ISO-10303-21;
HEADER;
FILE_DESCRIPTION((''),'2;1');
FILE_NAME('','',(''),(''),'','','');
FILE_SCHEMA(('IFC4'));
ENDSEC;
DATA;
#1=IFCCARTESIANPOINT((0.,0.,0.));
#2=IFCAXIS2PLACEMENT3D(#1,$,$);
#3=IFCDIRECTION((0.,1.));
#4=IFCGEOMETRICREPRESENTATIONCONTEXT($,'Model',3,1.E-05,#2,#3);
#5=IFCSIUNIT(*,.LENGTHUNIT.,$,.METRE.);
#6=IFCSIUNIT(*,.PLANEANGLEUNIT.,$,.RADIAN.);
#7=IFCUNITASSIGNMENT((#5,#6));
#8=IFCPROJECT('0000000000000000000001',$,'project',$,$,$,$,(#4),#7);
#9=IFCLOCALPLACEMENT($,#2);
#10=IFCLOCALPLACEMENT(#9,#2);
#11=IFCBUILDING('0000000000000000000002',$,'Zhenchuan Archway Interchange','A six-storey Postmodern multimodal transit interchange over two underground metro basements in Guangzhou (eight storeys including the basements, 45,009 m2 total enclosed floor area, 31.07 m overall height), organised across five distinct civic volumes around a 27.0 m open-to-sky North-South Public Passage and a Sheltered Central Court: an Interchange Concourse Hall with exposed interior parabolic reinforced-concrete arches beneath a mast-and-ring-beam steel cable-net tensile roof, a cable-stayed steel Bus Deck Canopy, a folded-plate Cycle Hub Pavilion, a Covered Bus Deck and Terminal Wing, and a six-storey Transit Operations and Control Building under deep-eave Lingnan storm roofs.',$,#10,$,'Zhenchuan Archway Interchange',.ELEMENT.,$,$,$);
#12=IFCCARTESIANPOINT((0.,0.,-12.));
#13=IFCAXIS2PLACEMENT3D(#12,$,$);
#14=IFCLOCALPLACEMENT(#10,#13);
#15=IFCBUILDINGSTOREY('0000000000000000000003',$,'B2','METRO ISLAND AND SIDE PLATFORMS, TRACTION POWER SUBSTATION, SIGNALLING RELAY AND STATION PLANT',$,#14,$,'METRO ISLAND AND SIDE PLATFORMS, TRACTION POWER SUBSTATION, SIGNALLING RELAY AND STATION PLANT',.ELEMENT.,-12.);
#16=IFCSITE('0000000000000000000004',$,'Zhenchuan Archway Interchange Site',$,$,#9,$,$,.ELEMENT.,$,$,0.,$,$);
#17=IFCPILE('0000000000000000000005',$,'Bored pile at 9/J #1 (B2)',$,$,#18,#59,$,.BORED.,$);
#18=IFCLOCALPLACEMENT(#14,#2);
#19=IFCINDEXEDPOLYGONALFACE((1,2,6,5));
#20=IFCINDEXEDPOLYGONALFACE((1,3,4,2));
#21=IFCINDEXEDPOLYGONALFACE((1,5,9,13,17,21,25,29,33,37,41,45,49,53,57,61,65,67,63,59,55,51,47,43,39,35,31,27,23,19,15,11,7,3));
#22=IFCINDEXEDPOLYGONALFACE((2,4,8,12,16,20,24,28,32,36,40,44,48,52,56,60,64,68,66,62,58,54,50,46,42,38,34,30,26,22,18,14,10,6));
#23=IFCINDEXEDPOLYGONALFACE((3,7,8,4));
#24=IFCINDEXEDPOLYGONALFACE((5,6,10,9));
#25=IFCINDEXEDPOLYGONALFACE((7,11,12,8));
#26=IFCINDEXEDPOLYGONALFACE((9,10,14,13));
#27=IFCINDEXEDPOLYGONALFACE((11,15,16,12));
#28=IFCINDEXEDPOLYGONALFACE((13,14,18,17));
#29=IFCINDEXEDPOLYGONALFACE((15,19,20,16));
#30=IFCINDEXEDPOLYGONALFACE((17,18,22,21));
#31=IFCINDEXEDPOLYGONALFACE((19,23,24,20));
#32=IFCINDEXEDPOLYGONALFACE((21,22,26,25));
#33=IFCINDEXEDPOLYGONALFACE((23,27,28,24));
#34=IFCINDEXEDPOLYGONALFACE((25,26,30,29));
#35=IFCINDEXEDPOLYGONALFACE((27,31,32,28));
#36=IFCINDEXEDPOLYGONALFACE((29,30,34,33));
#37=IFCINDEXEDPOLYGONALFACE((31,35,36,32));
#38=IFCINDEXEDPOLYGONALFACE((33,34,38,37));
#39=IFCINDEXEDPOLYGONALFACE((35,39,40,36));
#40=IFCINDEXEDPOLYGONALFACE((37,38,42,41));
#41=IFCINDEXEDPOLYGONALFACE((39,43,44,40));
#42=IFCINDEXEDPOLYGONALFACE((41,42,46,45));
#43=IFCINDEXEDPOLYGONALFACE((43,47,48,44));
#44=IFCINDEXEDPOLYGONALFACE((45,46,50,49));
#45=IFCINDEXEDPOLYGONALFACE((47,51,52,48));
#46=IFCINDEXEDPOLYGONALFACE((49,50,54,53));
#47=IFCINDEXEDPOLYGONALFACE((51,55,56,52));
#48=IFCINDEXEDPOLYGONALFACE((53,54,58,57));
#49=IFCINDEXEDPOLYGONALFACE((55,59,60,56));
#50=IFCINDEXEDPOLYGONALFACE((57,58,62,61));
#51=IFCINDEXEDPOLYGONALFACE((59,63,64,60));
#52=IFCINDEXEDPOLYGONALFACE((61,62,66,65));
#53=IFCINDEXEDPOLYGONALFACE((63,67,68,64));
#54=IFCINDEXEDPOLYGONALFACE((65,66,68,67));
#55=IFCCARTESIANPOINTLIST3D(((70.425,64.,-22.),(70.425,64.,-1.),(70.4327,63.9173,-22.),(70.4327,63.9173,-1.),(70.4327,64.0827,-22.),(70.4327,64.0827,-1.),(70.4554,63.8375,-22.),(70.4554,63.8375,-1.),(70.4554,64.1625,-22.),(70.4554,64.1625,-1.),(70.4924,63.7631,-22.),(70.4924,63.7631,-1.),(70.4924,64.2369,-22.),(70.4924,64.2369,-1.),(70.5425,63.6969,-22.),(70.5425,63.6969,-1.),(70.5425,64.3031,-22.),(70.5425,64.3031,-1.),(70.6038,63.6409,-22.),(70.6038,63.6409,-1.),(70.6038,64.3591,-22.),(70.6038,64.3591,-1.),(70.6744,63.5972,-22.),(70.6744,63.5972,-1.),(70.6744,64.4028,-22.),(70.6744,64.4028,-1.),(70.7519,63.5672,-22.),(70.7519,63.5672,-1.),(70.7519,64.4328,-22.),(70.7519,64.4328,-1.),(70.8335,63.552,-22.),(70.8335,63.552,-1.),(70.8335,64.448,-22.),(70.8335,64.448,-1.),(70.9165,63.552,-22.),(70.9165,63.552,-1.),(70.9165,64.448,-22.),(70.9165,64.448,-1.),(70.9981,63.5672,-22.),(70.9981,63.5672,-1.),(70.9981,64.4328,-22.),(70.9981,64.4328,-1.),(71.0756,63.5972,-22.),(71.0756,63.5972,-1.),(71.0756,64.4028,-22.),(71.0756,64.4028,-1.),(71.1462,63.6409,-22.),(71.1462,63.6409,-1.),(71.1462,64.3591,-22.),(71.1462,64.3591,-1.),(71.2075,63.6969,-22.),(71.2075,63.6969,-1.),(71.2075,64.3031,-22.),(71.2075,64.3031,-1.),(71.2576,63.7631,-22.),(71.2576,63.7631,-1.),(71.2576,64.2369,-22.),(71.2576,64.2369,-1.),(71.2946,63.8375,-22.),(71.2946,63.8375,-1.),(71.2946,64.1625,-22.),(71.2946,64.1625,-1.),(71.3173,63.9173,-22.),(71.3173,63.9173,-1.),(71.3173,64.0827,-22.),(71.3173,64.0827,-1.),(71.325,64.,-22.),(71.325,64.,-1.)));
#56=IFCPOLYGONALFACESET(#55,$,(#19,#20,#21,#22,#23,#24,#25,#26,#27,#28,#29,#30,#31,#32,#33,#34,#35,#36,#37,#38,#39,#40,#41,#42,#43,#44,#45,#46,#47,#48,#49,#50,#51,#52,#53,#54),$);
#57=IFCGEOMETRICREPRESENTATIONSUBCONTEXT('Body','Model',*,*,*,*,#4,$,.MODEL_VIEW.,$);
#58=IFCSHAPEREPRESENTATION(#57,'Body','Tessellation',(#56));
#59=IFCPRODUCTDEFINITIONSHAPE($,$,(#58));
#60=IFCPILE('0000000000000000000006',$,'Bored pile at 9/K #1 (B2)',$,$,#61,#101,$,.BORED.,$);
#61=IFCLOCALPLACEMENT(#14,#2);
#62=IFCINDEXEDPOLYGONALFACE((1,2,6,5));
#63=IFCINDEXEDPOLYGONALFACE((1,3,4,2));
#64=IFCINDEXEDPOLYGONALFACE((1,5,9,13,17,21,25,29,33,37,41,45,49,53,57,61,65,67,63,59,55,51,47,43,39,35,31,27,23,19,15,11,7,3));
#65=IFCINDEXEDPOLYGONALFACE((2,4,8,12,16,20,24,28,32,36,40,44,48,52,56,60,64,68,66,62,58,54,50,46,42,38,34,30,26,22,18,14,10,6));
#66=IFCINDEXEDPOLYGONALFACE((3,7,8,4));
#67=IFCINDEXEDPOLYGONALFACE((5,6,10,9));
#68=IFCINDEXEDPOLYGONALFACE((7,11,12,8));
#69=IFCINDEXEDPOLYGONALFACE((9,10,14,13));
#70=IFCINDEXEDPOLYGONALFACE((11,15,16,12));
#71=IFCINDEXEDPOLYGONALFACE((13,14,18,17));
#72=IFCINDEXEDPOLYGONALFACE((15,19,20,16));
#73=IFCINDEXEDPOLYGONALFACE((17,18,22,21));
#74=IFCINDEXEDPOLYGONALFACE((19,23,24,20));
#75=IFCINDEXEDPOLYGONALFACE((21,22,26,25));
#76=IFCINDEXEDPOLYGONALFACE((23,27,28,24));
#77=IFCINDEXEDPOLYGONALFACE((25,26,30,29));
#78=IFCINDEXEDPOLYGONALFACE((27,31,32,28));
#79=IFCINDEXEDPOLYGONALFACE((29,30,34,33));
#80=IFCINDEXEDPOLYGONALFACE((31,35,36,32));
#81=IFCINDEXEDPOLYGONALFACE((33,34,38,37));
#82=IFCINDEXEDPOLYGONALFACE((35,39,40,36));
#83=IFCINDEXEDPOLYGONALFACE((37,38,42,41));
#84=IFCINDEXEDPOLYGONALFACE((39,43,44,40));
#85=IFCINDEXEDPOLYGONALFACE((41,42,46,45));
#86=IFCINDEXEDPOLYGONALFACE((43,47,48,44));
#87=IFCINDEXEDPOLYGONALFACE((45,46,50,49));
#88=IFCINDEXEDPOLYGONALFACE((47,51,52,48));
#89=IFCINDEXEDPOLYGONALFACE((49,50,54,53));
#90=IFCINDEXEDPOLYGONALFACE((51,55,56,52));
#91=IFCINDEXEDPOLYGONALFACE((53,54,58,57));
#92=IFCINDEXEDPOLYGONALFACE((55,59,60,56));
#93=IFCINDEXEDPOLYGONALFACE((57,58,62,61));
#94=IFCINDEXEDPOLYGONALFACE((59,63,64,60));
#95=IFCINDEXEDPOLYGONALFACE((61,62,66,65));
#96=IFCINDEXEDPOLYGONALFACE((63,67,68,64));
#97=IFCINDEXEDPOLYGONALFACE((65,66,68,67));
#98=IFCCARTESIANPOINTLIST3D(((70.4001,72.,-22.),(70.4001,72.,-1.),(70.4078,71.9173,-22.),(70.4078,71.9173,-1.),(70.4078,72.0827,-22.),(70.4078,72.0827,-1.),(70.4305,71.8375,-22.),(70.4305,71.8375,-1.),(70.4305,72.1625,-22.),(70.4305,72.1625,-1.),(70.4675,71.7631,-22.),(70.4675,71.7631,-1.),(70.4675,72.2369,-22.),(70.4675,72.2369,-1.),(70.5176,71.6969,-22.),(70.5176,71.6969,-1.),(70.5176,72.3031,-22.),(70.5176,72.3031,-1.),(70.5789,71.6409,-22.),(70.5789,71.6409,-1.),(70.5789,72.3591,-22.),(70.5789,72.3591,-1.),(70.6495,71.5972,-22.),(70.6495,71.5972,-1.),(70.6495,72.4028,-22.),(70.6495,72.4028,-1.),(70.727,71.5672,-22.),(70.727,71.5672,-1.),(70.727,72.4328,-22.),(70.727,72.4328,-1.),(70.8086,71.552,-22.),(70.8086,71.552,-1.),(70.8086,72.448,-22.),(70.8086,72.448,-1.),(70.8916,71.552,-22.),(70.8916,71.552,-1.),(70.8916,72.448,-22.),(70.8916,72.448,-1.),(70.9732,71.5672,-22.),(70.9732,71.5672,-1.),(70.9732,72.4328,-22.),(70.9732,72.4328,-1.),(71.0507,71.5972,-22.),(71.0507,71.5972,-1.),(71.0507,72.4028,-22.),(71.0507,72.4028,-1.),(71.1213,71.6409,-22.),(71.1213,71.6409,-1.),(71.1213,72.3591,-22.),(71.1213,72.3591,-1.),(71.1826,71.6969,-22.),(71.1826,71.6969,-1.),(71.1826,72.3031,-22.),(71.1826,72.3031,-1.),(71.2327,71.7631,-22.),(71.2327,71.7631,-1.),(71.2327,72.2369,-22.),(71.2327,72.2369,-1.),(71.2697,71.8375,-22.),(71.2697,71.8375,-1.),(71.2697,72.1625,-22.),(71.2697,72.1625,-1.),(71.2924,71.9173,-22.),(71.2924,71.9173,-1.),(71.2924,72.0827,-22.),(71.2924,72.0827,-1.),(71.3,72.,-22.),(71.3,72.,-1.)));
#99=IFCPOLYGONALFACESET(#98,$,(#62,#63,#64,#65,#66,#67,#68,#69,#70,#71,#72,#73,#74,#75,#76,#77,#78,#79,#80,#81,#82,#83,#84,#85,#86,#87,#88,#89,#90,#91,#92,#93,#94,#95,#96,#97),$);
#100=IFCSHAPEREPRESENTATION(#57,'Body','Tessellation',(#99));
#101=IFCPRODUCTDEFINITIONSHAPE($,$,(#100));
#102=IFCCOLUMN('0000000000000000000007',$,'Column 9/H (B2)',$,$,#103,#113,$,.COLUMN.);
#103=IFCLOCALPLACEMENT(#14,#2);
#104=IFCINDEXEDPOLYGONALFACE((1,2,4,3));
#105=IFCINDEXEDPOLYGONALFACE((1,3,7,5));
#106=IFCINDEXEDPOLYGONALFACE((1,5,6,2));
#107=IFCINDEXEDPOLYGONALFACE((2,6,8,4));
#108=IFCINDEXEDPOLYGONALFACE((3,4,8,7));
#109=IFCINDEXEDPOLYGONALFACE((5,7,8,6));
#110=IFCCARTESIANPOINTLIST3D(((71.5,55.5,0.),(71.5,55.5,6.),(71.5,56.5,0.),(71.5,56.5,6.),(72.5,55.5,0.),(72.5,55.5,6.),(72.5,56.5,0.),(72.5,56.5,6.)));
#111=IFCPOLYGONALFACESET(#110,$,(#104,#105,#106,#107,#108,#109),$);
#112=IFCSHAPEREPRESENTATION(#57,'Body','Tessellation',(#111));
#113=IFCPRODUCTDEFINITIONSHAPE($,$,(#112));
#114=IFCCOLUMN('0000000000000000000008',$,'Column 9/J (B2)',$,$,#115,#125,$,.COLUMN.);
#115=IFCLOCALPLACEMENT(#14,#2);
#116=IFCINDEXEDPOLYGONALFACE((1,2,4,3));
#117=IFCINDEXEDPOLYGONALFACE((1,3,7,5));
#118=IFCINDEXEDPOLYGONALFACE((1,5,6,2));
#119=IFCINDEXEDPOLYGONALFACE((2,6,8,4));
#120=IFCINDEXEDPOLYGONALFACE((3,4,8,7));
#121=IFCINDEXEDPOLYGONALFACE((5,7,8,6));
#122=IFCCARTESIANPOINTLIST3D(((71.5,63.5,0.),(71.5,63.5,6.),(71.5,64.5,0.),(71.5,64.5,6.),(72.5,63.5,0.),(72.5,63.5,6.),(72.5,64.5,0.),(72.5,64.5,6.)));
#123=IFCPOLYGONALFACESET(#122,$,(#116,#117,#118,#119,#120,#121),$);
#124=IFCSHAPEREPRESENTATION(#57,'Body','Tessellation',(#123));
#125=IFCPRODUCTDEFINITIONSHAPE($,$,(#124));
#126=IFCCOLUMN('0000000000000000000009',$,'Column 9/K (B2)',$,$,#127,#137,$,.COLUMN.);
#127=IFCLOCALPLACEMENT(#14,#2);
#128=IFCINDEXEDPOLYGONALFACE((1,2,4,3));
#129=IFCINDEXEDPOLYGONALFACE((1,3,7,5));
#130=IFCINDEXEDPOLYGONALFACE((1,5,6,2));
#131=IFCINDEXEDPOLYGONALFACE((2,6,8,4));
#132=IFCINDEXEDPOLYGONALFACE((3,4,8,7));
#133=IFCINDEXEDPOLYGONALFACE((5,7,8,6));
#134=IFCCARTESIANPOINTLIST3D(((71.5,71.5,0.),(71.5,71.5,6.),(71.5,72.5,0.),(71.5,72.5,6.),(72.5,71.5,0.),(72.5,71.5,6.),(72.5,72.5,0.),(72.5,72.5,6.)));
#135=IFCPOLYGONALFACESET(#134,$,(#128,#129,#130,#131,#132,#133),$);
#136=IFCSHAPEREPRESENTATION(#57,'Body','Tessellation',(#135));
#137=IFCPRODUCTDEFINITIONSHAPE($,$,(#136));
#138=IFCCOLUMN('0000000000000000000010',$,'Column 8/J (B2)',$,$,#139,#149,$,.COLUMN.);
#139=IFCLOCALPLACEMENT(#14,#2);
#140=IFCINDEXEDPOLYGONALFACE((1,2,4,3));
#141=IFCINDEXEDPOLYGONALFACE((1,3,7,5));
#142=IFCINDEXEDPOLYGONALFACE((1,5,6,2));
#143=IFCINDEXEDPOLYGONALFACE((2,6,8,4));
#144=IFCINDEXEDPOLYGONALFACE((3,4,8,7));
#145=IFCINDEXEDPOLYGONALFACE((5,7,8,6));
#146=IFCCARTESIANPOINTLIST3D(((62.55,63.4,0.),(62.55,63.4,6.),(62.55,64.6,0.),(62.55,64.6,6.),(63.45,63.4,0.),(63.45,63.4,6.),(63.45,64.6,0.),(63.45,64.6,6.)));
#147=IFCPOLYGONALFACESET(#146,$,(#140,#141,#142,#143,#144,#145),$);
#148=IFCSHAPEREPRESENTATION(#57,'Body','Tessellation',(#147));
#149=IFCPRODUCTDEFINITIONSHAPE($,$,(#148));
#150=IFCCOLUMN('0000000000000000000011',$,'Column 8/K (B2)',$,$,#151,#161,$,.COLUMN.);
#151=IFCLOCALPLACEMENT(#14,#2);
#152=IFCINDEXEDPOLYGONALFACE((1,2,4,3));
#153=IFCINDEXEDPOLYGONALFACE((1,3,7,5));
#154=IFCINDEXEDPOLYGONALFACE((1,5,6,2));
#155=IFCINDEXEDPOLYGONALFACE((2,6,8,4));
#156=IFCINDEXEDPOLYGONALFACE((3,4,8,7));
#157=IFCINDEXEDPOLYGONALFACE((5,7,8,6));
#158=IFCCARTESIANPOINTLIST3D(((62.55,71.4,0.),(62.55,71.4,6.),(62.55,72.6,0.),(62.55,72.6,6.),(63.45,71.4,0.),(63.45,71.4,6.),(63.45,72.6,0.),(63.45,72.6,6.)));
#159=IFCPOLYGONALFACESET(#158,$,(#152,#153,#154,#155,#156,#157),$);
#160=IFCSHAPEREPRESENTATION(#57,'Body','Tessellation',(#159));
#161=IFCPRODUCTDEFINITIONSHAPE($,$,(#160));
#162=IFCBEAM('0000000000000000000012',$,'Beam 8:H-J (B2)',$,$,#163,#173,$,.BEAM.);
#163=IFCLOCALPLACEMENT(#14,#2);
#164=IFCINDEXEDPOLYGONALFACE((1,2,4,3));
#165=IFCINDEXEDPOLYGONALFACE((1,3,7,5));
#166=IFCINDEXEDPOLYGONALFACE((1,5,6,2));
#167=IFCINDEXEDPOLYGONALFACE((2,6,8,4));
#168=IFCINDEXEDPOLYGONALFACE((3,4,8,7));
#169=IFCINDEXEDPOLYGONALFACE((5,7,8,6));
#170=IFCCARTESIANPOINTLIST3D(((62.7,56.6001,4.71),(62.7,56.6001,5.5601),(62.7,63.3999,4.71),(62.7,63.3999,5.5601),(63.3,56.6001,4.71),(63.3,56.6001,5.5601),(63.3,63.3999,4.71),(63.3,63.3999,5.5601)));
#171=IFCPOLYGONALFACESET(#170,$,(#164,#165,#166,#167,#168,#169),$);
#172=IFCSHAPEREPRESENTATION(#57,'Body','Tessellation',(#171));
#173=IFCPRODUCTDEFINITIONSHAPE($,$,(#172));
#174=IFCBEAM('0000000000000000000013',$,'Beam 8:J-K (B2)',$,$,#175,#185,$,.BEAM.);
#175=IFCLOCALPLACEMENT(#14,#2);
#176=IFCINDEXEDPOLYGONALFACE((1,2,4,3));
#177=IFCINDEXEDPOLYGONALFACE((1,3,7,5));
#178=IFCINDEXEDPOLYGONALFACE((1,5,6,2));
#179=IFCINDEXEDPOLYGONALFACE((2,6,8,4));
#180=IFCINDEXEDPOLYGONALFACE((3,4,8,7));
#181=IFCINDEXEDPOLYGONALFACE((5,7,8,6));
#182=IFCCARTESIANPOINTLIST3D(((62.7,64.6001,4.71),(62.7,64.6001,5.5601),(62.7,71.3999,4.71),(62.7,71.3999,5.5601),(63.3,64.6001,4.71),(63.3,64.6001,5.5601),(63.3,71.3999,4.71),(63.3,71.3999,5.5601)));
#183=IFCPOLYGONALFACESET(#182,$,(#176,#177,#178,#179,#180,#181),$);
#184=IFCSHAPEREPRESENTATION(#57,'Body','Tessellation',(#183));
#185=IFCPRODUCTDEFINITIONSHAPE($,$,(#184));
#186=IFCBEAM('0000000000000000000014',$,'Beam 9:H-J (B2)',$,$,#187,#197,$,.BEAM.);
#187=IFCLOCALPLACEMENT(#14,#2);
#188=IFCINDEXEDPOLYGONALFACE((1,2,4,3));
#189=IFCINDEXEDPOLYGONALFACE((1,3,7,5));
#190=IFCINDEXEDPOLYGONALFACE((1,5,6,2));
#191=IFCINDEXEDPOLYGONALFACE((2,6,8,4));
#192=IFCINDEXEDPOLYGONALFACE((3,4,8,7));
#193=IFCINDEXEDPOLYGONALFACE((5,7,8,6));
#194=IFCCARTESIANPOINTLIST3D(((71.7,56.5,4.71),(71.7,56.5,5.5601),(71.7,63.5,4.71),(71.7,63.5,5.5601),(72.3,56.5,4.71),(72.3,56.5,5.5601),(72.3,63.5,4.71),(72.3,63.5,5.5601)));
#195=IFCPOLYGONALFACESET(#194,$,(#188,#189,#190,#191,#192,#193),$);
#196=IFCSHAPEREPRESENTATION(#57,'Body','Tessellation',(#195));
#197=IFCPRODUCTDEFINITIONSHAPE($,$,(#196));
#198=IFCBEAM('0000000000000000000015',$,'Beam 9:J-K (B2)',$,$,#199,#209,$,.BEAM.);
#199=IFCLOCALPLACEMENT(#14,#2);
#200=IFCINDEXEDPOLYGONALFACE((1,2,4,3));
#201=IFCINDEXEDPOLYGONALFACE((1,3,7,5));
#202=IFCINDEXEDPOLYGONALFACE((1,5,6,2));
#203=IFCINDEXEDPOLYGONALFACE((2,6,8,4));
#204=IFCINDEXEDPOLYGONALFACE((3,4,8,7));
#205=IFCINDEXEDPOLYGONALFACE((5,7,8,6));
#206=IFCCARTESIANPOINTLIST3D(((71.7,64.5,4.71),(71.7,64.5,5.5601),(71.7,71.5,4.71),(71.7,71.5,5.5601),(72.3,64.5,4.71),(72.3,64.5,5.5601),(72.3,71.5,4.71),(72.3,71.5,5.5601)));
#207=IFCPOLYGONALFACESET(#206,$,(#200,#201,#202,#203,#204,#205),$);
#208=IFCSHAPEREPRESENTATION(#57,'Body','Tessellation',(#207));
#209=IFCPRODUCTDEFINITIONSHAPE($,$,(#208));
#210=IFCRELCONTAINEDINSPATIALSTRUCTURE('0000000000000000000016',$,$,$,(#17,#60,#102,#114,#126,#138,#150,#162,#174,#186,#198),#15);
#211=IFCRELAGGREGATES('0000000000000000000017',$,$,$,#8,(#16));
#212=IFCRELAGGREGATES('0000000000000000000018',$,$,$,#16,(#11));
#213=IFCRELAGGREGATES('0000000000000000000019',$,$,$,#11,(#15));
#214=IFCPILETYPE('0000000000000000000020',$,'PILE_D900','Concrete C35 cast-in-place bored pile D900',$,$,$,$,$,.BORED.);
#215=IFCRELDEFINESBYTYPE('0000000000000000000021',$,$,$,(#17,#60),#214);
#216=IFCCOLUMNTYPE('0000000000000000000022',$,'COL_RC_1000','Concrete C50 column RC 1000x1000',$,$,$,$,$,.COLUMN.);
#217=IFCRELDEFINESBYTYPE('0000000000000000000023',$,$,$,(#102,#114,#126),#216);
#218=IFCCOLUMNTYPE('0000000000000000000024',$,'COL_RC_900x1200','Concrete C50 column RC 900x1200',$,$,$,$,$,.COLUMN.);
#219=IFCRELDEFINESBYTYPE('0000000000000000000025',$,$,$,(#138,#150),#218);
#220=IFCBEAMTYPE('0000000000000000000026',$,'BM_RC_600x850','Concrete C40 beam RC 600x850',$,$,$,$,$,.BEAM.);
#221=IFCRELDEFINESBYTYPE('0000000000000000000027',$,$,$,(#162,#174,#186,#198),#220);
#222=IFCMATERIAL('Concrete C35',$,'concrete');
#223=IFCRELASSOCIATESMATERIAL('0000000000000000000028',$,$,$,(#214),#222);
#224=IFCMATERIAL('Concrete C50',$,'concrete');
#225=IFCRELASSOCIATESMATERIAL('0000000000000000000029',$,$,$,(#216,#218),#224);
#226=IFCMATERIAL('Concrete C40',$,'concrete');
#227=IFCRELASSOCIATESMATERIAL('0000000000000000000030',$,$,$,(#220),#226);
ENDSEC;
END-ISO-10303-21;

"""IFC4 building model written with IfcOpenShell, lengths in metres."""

from ifc_helpers import new_model, si_unit, direction, frame, origin, origin_2d, place, context, subcontext, project, spatial, rectangle, circle, extrude, material, material_profile, profile_set, type_object, element, save


model = new_model("IFC4")

# Units and contexts
model_context = context("Model", 3, precision=1e-05, world=origin(), true_north=direction((0.0, 1.0)))
body_context = subcontext(model_context, "Body", "Model", "MODEL_VIEW")
ifc_project = project(units=[si_unit("LENGTHUNIT", "METRE"), si_unit("PLANEANGLEUNIT", "RADIAN")], contexts=[model_context])

# Site, building, storey
site_placement = place(None, origin())
site = spatial("IfcSite", under=ifc_project, at=site_placement, Name="Zhenchuan Archway Interchange Site", CompositionType="ELEMENT", RefElevation=0.0)
building_placement = place(site_placement, origin())
building = spatial("IfcBuilding", under=site, at=building_placement, Name="Zhenchuan Archway Interchange", Description="A six-storey Postmodern multimodal transit interchange over two underground metro basements in Guangzhou (eight storeys including the basements, 45,009 m2 total enclosed floor area, 31.07 m overall height), organised across five distinct civic volumes around a 27.0 m open-to-sky North-South Public Passage and a Sheltered Central Court: an Interchange Concourse Hall with exposed interior parabolic reinforced-concrete arches beneath a mast-and-ring-beam steel cable-net tensile roof, a cable-stayed steel Bus Deck Canopy, a folded-plate Cycle Hub Pavilion, a Covered Bus Deck and Terminal Wing, and a six-storey Transit Operations and Control Building under deep-eave Lingnan storm roofs.", LongName="Zhenchuan Archway Interchange", CompositionType="ELEMENT")
storey_placement = place(building_placement, frame((0.0, 0.0, -12.0)))
storey = spatial("IfcBuildingStorey", under=building, at=storey_placement, Name="B2", Description="METRO ISLAND AND SIDE PLATFORMS, TRACTION POWER SUBSTATION, SIGNALLING RELAY AND STATION PLANT", LongName="METRO ISLAND AND SIDE PLATFORMS, TRACTION POWER SUBSTATION, SIGNALLING RELAY AND STATION PLANT", CompositionType="ELEMENT", Elevation=-12.0)

# Shared definitions
ifc_material_1 = material(Name="Concrete C40", Category="concrete")

# Piles
ifc_material_2 = material(Name="Concrete C35", Category="concrete")
ifc_material_profile_1 = material_profile(ifc_material_2, circle(Radius=0.45, at=origin_2d()), Name="BORED PILE 900")
ifc_profile_set_1 = profile_set([ifc_material_profile_1], Name="Concrete C35")
pile_type_1 = type_object("IfcPileType", Name="PILE_D900", Description="Concrete C35 cast-in-place bored pile D900", PredefinedType="BORED", material=ifc_profile_set_1)
for number, where, z_axis, x_axis, name in (
    (1, (70.875, 64.0, -1.0), (0.0, 0.0, -1.0), (1.0, 0.0, 0.0), "Bored pile at 9/J #1 (B2)"),
    (2, (70.8501, 72.0, -1.0), (0.0, 0.0, -1.0), (1.0, 0.0, 0.0), "Bored pile at 9/K #1 (B2)"),
):
    element("IfcPile", number, at=place(storey_placement, frame(where, z_axis=z_axis, x_axis=x_axis)), inside=storey, type_object=pile_type_1, Name=name, PredefinedType="BORED", context=body_context, shape_type="SweptSolid", body=[
        extrude(circle(Radius=0.45, at=origin_2d()), origin(), (0.0, 0.0, 1.0), 21.0),
    ])

# Columns
ifc_material_3 = material(Name="Concrete C50", Category="concrete")
ifc_material_profile_2 = material_profile(ifc_material_3, rectangle(XDim=1.0, YDim=1.0, at=origin_2d()), Name="RC 1000x1000")
ifc_profile_set_2 = profile_set([ifc_material_profile_2], Name="Concrete C50")
column_type_1 = type_object("IfcColumnType", Name="COL_RC_1000", Description="Concrete C50 column RC 1000x1000", PredefinedType="COLUMN", material=ifc_profile_set_2)
for number, where, z_axis, x_axis, name in (
    (3, (72.0, 56.0, 0.0), (0.0, 0.0, 1.0), (1.0, 0.0, 0.0), "Column 9/H (B2)"),
    (4, (72.0, 64.0, 0.0), (0.0, 0.0, 1.0), (1.0, 0.0, 0.0), "Column 9/J (B2)"),
    (5, (72.0, 72.0, 0.0), (0.0, 0.0, 1.0), (1.0, 0.0, 0.0), "Column 9/K (B2)"),
):
    element("IfcColumn", number, at=place(storey_placement, frame(where, z_axis=z_axis, x_axis=x_axis)), inside=storey, type_object=column_type_1, Name=name, PredefinedType="COLUMN", context=body_context, shape_type="SweptSolid", body=[
        extrude(rectangle(XDim=1.0, YDim=1.0, at=origin_2d()), origin(), (0.0, 0.0, 1.0), 6.0),
    ])
ifc_material_profile_3 = material_profile(ifc_material_3, rectangle(XDim=0.8999, YDim=1.2, at=origin_2d()), Name="RC 900x1200")
ifc_profile_set_3 = profile_set([ifc_material_profile_3], Name="Concrete C50")
column_type_2 = type_object("IfcColumnType", Name="COL_RC_900x1200", Description="Concrete C50 column RC 900x1200", PredefinedType="COLUMN", material=ifc_profile_set_3)
for number, where, z_axis, x_axis, name in (
    (6, (63.0, 64.0, 0.0), (0.0, 0.0, 1.0), (1.0, 0.0, 0.0), "Column 8/J (B2)"),
    (7, (63.0, 72.0, 0.0), (0.0, 0.0, 1.0), (1.0, 0.0, 0.0), "Column 8/K (B2)"),
):
    element("IfcColumn", number, at=place(storey_placement, frame(where, z_axis=z_axis, x_axis=x_axis)), inside=storey, type_object=column_type_2, Name=name, PredefinedType="COLUMN", context=body_context, shape_type="SweptSolid", body=[
        extrude(rectangle(XDim=0.8999, YDim=1.2, at=origin_2d()), origin(), (0.0, 0.0, 1.0), 6.0),
    ])

# Beams
ifc_material_profile_4 = material_profile(ifc_material_1, rectangle(XDim=0.6001, YDim=0.8501, at=origin_2d()), Name="RC 600x850")
ifc_profile_set_4 = profile_set([ifc_material_profile_4], Name="Concrete C40")
beam_type_1 = type_object("IfcBeamType", Name="BM_RC_600x850", Description="Concrete C40 beam RC 600x850", PredefinedType="BEAM", material=ifc_profile_set_4)
for number, where, z_axis, x_axis, name in (
    (8, (63.0, 56.6001, 5.135), (0.0, 1.0, 0.0), (-1.0, 0.0, 0.0), "Beam 8:H-J (B2)"),
    (9, (63.0, 64.6001, 5.135), (0.0, 1.0, 0.0), (-1.0, 0.0, 0.0), "Beam 8:J-K (B2)"),
):
    element("IfcBeam", number, at=place(storey_placement, frame(where, z_axis=z_axis, x_axis=x_axis)), inside=storey, type_object=beam_type_1, Name=name, PredefinedType="BEAM", context=body_context, shape_type="SweptSolid", body=[
        extrude(rectangle(XDim=0.6001, YDim=0.8501, at=origin_2d()), origin(), (0.0, 0.0, 1.0), 6.7998),
    ])
for number, where, z_axis, x_axis, name in (
    (10, (72.0, 56.5, 5.135), (0.0, 1.0, 0.0), (-1.0, 0.0, 0.0), "Beam 9:H-J (B2)"),
    (11, (72.0, 64.5, 5.135), (0.0, 1.0, 0.0), (-1.0, 0.0, 0.0), "Beam 9:J-K (B2)"),
):
    element("IfcBeam", number, at=place(storey_placement, frame(where, z_axis=z_axis, x_axis=x_axis)), inside=storey, type_object=beam_type_1, Name=name, PredefinedType="BEAM", context=body_context, shape_type="SweptSolid", body=[
        extrude(rectangle(XDim=0.6001, YDim=0.8501, at=origin_2d()), origin(), (0.0, 0.0, 1.0), 7.0),
    ])

save(model, "model.ifc")
